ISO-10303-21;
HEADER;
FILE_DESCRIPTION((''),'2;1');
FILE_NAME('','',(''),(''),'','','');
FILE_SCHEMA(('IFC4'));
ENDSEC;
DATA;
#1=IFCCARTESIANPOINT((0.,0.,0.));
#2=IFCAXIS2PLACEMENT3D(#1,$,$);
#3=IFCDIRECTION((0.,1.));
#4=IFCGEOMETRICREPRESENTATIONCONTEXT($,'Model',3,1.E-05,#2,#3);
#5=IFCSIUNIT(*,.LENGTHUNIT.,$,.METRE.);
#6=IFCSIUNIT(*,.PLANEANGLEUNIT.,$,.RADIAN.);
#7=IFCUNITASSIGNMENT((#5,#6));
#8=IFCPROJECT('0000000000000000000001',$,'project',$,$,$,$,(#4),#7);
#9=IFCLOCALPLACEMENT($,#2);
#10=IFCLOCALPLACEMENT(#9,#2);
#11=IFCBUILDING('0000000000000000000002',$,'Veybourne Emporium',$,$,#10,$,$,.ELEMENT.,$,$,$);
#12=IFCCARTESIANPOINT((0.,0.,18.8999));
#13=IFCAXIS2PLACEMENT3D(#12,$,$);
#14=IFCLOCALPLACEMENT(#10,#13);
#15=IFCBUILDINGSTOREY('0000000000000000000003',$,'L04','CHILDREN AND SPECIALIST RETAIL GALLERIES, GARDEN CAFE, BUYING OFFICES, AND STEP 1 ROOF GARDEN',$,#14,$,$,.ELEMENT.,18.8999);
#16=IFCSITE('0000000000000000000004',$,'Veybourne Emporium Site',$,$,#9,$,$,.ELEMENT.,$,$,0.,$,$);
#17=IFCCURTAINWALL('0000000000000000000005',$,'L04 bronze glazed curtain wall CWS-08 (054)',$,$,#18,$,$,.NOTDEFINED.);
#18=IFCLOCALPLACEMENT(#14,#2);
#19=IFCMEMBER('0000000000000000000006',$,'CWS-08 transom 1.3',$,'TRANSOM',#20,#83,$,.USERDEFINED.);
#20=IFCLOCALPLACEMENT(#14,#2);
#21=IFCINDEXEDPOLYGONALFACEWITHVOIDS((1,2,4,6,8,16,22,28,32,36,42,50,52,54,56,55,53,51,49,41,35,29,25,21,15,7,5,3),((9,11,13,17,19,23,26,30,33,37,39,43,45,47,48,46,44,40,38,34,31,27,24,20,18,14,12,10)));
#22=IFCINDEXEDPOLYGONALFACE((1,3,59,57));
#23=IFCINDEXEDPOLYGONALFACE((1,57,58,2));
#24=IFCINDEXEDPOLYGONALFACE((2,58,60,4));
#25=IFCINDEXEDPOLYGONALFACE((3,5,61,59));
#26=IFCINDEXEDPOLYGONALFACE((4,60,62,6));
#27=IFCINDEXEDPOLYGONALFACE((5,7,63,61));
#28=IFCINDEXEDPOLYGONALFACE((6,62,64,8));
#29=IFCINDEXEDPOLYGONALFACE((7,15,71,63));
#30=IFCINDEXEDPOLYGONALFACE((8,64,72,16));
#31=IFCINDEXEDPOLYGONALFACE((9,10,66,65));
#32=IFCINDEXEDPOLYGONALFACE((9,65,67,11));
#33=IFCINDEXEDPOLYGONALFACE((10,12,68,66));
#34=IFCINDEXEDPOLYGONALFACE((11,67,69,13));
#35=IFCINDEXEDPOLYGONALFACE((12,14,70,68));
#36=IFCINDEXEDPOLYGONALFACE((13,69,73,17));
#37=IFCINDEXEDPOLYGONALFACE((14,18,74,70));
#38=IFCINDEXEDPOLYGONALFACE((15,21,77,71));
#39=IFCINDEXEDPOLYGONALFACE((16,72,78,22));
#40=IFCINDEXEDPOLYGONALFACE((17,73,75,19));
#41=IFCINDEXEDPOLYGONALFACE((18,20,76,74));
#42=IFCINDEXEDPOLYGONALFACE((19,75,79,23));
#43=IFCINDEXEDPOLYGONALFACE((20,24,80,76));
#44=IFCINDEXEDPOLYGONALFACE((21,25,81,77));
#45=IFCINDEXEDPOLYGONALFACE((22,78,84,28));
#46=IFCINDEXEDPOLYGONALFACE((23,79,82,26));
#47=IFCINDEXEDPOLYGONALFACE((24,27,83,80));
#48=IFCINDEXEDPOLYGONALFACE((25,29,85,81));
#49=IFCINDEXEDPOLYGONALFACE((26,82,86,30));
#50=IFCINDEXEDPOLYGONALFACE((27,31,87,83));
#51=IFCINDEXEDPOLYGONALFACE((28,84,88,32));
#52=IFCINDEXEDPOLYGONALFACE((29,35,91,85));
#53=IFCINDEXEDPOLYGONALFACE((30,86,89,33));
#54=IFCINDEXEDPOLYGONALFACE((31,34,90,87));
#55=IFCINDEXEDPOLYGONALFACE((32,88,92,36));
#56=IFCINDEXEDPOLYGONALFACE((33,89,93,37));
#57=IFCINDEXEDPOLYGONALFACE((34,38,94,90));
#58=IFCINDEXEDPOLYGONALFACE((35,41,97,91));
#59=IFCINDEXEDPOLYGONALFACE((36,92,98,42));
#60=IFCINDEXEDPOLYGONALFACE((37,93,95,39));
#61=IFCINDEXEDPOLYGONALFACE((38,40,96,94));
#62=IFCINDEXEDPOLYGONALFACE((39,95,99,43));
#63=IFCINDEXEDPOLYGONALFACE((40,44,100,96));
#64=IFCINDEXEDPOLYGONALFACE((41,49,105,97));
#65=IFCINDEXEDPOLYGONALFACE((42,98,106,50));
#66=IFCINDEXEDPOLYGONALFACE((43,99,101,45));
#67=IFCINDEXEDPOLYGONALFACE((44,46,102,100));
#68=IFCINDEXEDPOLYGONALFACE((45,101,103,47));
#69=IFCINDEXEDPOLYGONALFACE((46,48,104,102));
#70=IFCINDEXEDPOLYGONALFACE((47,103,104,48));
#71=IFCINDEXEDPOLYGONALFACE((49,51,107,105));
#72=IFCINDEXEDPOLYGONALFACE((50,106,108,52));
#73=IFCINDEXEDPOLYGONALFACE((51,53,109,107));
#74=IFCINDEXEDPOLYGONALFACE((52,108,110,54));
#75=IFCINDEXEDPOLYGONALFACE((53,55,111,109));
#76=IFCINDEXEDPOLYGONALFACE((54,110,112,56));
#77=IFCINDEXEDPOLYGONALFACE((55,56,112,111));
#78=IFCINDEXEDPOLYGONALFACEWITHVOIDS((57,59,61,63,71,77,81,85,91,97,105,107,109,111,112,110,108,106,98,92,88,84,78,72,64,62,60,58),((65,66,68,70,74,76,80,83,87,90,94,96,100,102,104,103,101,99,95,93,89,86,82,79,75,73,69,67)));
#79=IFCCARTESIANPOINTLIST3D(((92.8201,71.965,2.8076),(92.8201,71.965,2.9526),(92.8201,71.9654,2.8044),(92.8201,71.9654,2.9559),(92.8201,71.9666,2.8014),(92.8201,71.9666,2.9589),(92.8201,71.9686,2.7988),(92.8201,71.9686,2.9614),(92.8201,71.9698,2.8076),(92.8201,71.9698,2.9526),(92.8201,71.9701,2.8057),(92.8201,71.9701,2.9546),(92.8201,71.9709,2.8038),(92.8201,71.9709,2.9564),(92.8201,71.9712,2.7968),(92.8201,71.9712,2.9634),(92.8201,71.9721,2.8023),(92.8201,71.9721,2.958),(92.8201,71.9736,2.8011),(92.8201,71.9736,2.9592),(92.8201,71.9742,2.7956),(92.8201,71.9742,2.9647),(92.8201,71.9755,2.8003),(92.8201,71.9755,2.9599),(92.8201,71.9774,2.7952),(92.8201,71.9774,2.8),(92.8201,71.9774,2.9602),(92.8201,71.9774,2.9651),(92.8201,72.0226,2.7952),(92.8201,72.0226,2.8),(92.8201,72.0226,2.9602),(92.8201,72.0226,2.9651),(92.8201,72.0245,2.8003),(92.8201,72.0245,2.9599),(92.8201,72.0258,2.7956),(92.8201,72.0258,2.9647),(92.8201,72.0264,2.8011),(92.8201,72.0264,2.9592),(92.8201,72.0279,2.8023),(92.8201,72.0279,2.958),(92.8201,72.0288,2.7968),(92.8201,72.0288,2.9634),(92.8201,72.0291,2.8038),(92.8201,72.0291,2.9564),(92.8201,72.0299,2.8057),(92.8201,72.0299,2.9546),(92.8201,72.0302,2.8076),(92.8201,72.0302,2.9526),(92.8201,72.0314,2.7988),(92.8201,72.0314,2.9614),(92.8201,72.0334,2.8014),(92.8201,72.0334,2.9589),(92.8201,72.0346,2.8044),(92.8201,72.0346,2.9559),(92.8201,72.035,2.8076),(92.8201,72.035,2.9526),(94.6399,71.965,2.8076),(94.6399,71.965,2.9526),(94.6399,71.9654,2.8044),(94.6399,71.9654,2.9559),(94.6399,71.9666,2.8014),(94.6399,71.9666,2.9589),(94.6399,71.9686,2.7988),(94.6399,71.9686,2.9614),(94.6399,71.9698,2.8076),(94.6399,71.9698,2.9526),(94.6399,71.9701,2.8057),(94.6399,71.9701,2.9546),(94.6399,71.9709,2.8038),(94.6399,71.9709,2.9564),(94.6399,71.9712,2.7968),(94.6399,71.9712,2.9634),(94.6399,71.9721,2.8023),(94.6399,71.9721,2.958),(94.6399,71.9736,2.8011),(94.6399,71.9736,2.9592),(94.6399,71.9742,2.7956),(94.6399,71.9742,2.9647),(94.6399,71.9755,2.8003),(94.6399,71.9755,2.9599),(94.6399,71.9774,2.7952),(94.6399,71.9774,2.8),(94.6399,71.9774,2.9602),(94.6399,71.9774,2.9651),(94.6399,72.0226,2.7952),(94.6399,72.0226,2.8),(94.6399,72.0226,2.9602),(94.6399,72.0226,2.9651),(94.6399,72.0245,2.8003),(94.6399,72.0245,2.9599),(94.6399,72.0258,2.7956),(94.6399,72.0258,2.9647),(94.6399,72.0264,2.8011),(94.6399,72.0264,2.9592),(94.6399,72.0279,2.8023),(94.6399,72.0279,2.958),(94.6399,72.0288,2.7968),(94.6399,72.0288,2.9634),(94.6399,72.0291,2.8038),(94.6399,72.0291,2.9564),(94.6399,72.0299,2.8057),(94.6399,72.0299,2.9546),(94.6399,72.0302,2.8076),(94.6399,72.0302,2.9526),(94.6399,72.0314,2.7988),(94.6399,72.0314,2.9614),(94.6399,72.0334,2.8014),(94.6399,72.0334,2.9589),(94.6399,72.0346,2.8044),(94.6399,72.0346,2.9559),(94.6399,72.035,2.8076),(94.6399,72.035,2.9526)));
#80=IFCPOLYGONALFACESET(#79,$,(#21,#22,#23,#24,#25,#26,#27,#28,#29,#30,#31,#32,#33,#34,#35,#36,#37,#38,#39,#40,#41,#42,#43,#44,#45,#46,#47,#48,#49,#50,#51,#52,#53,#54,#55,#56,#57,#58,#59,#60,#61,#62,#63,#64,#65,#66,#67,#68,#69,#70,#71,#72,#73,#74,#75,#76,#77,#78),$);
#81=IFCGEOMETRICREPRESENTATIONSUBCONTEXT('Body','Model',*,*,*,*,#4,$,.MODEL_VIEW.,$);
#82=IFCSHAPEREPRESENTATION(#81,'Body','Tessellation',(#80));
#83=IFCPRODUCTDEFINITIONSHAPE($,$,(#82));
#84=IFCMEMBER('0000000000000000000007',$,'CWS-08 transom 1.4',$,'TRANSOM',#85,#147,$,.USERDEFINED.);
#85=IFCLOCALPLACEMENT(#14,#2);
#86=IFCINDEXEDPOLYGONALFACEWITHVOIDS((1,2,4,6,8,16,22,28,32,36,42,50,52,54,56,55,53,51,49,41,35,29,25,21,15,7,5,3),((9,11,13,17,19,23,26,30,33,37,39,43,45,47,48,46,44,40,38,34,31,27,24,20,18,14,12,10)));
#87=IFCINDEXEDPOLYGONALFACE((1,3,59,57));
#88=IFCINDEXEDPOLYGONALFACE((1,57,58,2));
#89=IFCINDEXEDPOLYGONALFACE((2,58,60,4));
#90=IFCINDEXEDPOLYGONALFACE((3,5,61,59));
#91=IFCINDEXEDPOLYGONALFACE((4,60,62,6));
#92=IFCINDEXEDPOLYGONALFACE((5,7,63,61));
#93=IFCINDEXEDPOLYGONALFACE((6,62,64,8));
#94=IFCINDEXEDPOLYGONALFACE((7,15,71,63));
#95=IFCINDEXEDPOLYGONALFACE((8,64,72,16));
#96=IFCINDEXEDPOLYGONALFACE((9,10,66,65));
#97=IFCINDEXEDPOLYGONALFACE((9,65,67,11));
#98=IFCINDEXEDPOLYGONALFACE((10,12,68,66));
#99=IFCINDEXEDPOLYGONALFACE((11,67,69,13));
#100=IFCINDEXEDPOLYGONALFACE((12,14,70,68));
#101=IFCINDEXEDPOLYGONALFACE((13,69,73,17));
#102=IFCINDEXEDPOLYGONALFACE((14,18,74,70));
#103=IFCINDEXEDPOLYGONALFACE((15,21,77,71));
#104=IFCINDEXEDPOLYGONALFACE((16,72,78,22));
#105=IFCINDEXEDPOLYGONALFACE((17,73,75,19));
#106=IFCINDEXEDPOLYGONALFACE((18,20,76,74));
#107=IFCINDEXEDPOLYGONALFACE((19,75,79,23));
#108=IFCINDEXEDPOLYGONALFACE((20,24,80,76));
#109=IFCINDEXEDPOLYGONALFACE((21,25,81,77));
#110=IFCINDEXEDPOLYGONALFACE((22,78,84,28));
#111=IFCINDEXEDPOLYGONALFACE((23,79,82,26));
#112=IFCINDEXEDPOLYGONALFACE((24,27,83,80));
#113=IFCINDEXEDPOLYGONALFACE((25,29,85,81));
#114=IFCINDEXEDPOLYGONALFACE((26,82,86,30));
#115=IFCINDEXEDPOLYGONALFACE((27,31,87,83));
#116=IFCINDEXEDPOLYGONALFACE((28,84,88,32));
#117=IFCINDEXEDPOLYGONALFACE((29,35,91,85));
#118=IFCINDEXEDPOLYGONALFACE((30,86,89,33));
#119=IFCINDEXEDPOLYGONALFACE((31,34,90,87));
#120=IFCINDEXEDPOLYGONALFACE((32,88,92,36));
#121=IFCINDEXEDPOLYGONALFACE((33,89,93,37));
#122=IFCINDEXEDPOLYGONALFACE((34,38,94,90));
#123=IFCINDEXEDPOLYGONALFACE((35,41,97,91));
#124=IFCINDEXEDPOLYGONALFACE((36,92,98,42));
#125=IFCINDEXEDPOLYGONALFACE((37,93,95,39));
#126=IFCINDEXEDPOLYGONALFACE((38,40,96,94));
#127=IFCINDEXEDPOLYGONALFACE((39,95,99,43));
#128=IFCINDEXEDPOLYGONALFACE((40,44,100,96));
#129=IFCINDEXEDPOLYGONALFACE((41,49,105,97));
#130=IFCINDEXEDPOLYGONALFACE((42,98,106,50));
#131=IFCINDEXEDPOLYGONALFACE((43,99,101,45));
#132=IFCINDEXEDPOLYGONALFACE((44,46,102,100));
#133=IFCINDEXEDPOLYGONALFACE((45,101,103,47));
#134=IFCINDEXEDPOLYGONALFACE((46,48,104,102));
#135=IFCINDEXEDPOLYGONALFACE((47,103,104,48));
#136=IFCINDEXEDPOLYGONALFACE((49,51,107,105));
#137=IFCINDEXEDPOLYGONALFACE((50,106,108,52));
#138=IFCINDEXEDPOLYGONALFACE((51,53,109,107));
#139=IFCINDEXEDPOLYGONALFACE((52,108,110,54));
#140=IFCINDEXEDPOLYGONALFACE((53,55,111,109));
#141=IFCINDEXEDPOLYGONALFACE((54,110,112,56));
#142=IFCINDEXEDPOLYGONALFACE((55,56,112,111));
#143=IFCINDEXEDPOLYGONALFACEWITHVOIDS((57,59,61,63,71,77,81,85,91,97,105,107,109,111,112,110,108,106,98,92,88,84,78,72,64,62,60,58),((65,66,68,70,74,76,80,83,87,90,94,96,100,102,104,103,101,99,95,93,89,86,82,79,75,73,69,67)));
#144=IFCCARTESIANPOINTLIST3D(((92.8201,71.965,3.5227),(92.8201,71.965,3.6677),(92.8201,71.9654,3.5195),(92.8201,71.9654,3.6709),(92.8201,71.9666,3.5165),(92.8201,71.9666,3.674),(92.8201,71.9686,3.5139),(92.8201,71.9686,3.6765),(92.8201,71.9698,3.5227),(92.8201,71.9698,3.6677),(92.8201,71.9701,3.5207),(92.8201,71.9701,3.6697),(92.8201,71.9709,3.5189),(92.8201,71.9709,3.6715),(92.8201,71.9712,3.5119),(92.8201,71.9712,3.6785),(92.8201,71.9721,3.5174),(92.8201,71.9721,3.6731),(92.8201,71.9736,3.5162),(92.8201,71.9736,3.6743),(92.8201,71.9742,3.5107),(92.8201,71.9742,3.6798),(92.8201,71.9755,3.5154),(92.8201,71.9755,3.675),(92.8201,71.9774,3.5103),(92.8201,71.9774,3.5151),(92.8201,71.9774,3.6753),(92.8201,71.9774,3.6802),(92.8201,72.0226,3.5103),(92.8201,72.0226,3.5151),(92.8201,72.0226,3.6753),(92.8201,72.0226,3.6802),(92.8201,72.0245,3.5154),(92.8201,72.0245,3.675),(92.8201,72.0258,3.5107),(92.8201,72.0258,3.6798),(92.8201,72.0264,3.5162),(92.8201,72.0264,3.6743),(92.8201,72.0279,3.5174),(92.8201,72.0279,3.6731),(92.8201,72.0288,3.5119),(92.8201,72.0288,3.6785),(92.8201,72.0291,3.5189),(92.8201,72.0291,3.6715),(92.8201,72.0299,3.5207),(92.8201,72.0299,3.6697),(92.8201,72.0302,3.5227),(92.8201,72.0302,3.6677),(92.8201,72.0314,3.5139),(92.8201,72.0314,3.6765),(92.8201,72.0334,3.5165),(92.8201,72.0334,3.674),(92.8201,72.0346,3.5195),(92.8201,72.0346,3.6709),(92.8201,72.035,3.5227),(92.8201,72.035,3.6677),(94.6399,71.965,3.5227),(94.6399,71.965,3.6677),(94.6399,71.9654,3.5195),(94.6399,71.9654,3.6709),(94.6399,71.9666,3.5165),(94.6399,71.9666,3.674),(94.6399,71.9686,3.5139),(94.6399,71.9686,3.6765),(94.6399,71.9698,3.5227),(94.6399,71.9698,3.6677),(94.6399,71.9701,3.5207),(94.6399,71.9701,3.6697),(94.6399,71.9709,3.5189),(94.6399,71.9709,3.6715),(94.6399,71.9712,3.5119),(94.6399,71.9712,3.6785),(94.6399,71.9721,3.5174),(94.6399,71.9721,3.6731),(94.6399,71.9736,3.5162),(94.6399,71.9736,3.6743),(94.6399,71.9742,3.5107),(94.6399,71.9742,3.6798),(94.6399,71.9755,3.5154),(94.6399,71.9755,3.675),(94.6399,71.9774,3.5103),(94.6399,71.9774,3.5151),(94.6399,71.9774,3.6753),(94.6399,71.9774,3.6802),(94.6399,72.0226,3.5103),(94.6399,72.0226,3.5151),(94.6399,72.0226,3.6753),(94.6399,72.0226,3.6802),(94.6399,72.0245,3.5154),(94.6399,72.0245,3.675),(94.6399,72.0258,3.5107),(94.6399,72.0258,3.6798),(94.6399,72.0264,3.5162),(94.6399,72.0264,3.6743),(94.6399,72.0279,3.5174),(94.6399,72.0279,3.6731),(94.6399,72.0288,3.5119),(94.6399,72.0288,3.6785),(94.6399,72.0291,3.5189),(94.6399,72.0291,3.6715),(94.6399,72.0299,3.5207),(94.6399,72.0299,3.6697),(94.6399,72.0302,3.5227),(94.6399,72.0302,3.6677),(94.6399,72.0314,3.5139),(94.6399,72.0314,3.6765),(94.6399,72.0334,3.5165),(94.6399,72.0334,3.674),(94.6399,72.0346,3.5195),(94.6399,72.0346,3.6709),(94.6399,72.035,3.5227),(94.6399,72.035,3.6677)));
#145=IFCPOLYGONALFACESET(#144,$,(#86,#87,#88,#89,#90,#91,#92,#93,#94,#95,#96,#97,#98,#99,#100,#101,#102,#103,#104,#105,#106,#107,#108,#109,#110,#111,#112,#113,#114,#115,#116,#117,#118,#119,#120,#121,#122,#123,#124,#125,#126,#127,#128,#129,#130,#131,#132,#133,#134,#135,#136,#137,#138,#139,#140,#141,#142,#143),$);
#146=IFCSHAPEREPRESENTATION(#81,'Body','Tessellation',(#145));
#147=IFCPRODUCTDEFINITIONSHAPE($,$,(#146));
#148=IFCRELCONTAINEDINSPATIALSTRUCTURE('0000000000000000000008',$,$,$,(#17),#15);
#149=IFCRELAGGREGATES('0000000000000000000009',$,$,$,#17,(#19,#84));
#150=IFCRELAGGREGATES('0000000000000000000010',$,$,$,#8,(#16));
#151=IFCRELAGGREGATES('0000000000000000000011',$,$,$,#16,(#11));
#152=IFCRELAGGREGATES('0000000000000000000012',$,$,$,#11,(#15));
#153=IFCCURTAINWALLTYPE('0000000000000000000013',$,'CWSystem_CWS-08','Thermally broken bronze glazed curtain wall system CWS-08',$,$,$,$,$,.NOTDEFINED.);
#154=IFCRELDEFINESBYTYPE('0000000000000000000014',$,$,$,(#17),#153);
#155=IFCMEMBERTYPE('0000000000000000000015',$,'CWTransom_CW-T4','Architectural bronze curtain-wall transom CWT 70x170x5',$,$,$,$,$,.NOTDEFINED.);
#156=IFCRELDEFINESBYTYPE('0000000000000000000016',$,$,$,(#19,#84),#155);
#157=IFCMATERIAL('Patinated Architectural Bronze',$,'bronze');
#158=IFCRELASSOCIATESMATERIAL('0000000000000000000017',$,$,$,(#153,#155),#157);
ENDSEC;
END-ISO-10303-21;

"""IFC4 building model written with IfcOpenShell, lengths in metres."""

from ifc_helpers import new_model, si_unit, direction, frame, origin, origin_2d, place, context, subcontext, project, spatial, hollow_rectangle, extrude, material, material_profile, profile_set, type_object, element, aggregate, save


model = new_model("IFC4")

# Units and contexts
model_context = context("Model", 3, precision=1e-05, world=origin(), true_north=direction((0.0, 1.0)))
body_context = subcontext(model_context, "Body", "Model", "MODEL_VIEW")
ifc_project = project(units=[si_unit("LENGTHUNIT", "METRE"), si_unit("PLANEANGLEUNIT", "RADIAN")], contexts=[model_context])

# Site, building, storey
site_placement = place(None, origin())
site = spatial("IfcSite", under=ifc_project, at=site_placement, Name="Veybourne Emporium Site", CompositionType="ELEMENT", RefElevation=0.0)
building_placement = place(site_placement, origin())
building = spatial("IfcBuilding", under=site, at=building_placement, Name="Veybourne Emporium", CompositionType="ELEMENT")
storey_placement = place(building_placement, frame((0.0, 0.0, 18.8999)))
storey = spatial("IfcBuildingStorey", under=building, at=storey_placement, Name="L04", Description="CHILDREN AND SPECIALIST RETAIL GALLERIES, GARDEN CAFE, BUYING OFFICES, AND STEP 1 ROOF GARDEN", CompositionType="ELEMENT", Elevation=18.8999)

# Curtain wall, members
ifc_material_1 = material(Name="Patinated Architectural Bronze", Category="bronze")
curtain_wall_type = type_object("IfcCurtainWallType", Name="CWSystem_CWS-08", Description="Thermally broken bronze glazed curtain wall system CWS-08", PredefinedType="NOTDEFINED", material=ifc_material_1)
curtain_wall_placement = place(storey_placement, origin())
curtain_wall = element("IfcCurtainWall", 1, at=curtain_wall_placement, inside=storey, type_object=curtain_wall_type, Name="L04 bronze glazed curtain wall CWS-08 (054)", PredefinedType="NOTDEFINED")
ifc_material_profile_1 = material_profile(ifc_material_1, hollow_rectangle(XDim=0.0701, YDim=0.1699, WallThickness=0.0049, InnerFilletRadius=0.0076, OuterFilletRadius=0.0125, at=origin_2d()), Name="CWT 70x170x5")
ifc_profile_set_1 = profile_set([ifc_material_profile_1], Name="Patinated Architectural Bronze")
member_type_1 = type_object("IfcMemberType", Name="CWTransom_CW-T4", Description="Architectural bronze curtain-wall transom CWT 70x170x5", PredefinedType="NOTDEFINED", material=ifc_profile_set_1)
member_1_placement = place(storey_placement, frame((92.8201, 72.0, 2.8801), z_axis=(1.0, 0.0, 0.0), x_axis=(0.0, 1.0, 0.0)))
member_1 = element("IfcMember", 2, at=member_1_placement, type_object=member_type_1, Name="CWS-08 transom 1.3", ObjectType="TRANSOM", PredefinedType="USERDEFINED", context=body_context, shape_type="SweptSolid", body=[
    extrude(hollow_rectangle(XDim=0.0701, YDim=0.1699, WallThickness=0.0049, InnerFilletRadius=0.0076, OuterFilletRadius=0.0125, at=origin_2d()), origin(), (0.0, 0.0, 1.0), 1.8198),
])
member_2_placement = place(storey_placement, frame((92.8201, 72.0, 3.5952), z_axis=(1.0, 0.0, 0.0), x_axis=(0.0, 1.0, 0.0)))
member_2 = element("IfcMember", 3, at=member_2_placement, type_object=member_type_1, Name="CWS-08 transom 1.4", ObjectType="TRANSOM", PredefinedType="USERDEFINED", context=body_context, shape_type="SweptSolid", body=[
    extrude(hollow_rectangle(XDim=0.0701, YDim=0.1699, WallThickness=0.0049, InnerFilletRadius=0.0076, OuterFilletRadius=0.0125, at=origin_2d()), origin(), (0.0, 0.0, 1.0), 1.8198),
])

aggregate(curtain_wall, [member_1, member_2])

save(model, "model.ifc")
